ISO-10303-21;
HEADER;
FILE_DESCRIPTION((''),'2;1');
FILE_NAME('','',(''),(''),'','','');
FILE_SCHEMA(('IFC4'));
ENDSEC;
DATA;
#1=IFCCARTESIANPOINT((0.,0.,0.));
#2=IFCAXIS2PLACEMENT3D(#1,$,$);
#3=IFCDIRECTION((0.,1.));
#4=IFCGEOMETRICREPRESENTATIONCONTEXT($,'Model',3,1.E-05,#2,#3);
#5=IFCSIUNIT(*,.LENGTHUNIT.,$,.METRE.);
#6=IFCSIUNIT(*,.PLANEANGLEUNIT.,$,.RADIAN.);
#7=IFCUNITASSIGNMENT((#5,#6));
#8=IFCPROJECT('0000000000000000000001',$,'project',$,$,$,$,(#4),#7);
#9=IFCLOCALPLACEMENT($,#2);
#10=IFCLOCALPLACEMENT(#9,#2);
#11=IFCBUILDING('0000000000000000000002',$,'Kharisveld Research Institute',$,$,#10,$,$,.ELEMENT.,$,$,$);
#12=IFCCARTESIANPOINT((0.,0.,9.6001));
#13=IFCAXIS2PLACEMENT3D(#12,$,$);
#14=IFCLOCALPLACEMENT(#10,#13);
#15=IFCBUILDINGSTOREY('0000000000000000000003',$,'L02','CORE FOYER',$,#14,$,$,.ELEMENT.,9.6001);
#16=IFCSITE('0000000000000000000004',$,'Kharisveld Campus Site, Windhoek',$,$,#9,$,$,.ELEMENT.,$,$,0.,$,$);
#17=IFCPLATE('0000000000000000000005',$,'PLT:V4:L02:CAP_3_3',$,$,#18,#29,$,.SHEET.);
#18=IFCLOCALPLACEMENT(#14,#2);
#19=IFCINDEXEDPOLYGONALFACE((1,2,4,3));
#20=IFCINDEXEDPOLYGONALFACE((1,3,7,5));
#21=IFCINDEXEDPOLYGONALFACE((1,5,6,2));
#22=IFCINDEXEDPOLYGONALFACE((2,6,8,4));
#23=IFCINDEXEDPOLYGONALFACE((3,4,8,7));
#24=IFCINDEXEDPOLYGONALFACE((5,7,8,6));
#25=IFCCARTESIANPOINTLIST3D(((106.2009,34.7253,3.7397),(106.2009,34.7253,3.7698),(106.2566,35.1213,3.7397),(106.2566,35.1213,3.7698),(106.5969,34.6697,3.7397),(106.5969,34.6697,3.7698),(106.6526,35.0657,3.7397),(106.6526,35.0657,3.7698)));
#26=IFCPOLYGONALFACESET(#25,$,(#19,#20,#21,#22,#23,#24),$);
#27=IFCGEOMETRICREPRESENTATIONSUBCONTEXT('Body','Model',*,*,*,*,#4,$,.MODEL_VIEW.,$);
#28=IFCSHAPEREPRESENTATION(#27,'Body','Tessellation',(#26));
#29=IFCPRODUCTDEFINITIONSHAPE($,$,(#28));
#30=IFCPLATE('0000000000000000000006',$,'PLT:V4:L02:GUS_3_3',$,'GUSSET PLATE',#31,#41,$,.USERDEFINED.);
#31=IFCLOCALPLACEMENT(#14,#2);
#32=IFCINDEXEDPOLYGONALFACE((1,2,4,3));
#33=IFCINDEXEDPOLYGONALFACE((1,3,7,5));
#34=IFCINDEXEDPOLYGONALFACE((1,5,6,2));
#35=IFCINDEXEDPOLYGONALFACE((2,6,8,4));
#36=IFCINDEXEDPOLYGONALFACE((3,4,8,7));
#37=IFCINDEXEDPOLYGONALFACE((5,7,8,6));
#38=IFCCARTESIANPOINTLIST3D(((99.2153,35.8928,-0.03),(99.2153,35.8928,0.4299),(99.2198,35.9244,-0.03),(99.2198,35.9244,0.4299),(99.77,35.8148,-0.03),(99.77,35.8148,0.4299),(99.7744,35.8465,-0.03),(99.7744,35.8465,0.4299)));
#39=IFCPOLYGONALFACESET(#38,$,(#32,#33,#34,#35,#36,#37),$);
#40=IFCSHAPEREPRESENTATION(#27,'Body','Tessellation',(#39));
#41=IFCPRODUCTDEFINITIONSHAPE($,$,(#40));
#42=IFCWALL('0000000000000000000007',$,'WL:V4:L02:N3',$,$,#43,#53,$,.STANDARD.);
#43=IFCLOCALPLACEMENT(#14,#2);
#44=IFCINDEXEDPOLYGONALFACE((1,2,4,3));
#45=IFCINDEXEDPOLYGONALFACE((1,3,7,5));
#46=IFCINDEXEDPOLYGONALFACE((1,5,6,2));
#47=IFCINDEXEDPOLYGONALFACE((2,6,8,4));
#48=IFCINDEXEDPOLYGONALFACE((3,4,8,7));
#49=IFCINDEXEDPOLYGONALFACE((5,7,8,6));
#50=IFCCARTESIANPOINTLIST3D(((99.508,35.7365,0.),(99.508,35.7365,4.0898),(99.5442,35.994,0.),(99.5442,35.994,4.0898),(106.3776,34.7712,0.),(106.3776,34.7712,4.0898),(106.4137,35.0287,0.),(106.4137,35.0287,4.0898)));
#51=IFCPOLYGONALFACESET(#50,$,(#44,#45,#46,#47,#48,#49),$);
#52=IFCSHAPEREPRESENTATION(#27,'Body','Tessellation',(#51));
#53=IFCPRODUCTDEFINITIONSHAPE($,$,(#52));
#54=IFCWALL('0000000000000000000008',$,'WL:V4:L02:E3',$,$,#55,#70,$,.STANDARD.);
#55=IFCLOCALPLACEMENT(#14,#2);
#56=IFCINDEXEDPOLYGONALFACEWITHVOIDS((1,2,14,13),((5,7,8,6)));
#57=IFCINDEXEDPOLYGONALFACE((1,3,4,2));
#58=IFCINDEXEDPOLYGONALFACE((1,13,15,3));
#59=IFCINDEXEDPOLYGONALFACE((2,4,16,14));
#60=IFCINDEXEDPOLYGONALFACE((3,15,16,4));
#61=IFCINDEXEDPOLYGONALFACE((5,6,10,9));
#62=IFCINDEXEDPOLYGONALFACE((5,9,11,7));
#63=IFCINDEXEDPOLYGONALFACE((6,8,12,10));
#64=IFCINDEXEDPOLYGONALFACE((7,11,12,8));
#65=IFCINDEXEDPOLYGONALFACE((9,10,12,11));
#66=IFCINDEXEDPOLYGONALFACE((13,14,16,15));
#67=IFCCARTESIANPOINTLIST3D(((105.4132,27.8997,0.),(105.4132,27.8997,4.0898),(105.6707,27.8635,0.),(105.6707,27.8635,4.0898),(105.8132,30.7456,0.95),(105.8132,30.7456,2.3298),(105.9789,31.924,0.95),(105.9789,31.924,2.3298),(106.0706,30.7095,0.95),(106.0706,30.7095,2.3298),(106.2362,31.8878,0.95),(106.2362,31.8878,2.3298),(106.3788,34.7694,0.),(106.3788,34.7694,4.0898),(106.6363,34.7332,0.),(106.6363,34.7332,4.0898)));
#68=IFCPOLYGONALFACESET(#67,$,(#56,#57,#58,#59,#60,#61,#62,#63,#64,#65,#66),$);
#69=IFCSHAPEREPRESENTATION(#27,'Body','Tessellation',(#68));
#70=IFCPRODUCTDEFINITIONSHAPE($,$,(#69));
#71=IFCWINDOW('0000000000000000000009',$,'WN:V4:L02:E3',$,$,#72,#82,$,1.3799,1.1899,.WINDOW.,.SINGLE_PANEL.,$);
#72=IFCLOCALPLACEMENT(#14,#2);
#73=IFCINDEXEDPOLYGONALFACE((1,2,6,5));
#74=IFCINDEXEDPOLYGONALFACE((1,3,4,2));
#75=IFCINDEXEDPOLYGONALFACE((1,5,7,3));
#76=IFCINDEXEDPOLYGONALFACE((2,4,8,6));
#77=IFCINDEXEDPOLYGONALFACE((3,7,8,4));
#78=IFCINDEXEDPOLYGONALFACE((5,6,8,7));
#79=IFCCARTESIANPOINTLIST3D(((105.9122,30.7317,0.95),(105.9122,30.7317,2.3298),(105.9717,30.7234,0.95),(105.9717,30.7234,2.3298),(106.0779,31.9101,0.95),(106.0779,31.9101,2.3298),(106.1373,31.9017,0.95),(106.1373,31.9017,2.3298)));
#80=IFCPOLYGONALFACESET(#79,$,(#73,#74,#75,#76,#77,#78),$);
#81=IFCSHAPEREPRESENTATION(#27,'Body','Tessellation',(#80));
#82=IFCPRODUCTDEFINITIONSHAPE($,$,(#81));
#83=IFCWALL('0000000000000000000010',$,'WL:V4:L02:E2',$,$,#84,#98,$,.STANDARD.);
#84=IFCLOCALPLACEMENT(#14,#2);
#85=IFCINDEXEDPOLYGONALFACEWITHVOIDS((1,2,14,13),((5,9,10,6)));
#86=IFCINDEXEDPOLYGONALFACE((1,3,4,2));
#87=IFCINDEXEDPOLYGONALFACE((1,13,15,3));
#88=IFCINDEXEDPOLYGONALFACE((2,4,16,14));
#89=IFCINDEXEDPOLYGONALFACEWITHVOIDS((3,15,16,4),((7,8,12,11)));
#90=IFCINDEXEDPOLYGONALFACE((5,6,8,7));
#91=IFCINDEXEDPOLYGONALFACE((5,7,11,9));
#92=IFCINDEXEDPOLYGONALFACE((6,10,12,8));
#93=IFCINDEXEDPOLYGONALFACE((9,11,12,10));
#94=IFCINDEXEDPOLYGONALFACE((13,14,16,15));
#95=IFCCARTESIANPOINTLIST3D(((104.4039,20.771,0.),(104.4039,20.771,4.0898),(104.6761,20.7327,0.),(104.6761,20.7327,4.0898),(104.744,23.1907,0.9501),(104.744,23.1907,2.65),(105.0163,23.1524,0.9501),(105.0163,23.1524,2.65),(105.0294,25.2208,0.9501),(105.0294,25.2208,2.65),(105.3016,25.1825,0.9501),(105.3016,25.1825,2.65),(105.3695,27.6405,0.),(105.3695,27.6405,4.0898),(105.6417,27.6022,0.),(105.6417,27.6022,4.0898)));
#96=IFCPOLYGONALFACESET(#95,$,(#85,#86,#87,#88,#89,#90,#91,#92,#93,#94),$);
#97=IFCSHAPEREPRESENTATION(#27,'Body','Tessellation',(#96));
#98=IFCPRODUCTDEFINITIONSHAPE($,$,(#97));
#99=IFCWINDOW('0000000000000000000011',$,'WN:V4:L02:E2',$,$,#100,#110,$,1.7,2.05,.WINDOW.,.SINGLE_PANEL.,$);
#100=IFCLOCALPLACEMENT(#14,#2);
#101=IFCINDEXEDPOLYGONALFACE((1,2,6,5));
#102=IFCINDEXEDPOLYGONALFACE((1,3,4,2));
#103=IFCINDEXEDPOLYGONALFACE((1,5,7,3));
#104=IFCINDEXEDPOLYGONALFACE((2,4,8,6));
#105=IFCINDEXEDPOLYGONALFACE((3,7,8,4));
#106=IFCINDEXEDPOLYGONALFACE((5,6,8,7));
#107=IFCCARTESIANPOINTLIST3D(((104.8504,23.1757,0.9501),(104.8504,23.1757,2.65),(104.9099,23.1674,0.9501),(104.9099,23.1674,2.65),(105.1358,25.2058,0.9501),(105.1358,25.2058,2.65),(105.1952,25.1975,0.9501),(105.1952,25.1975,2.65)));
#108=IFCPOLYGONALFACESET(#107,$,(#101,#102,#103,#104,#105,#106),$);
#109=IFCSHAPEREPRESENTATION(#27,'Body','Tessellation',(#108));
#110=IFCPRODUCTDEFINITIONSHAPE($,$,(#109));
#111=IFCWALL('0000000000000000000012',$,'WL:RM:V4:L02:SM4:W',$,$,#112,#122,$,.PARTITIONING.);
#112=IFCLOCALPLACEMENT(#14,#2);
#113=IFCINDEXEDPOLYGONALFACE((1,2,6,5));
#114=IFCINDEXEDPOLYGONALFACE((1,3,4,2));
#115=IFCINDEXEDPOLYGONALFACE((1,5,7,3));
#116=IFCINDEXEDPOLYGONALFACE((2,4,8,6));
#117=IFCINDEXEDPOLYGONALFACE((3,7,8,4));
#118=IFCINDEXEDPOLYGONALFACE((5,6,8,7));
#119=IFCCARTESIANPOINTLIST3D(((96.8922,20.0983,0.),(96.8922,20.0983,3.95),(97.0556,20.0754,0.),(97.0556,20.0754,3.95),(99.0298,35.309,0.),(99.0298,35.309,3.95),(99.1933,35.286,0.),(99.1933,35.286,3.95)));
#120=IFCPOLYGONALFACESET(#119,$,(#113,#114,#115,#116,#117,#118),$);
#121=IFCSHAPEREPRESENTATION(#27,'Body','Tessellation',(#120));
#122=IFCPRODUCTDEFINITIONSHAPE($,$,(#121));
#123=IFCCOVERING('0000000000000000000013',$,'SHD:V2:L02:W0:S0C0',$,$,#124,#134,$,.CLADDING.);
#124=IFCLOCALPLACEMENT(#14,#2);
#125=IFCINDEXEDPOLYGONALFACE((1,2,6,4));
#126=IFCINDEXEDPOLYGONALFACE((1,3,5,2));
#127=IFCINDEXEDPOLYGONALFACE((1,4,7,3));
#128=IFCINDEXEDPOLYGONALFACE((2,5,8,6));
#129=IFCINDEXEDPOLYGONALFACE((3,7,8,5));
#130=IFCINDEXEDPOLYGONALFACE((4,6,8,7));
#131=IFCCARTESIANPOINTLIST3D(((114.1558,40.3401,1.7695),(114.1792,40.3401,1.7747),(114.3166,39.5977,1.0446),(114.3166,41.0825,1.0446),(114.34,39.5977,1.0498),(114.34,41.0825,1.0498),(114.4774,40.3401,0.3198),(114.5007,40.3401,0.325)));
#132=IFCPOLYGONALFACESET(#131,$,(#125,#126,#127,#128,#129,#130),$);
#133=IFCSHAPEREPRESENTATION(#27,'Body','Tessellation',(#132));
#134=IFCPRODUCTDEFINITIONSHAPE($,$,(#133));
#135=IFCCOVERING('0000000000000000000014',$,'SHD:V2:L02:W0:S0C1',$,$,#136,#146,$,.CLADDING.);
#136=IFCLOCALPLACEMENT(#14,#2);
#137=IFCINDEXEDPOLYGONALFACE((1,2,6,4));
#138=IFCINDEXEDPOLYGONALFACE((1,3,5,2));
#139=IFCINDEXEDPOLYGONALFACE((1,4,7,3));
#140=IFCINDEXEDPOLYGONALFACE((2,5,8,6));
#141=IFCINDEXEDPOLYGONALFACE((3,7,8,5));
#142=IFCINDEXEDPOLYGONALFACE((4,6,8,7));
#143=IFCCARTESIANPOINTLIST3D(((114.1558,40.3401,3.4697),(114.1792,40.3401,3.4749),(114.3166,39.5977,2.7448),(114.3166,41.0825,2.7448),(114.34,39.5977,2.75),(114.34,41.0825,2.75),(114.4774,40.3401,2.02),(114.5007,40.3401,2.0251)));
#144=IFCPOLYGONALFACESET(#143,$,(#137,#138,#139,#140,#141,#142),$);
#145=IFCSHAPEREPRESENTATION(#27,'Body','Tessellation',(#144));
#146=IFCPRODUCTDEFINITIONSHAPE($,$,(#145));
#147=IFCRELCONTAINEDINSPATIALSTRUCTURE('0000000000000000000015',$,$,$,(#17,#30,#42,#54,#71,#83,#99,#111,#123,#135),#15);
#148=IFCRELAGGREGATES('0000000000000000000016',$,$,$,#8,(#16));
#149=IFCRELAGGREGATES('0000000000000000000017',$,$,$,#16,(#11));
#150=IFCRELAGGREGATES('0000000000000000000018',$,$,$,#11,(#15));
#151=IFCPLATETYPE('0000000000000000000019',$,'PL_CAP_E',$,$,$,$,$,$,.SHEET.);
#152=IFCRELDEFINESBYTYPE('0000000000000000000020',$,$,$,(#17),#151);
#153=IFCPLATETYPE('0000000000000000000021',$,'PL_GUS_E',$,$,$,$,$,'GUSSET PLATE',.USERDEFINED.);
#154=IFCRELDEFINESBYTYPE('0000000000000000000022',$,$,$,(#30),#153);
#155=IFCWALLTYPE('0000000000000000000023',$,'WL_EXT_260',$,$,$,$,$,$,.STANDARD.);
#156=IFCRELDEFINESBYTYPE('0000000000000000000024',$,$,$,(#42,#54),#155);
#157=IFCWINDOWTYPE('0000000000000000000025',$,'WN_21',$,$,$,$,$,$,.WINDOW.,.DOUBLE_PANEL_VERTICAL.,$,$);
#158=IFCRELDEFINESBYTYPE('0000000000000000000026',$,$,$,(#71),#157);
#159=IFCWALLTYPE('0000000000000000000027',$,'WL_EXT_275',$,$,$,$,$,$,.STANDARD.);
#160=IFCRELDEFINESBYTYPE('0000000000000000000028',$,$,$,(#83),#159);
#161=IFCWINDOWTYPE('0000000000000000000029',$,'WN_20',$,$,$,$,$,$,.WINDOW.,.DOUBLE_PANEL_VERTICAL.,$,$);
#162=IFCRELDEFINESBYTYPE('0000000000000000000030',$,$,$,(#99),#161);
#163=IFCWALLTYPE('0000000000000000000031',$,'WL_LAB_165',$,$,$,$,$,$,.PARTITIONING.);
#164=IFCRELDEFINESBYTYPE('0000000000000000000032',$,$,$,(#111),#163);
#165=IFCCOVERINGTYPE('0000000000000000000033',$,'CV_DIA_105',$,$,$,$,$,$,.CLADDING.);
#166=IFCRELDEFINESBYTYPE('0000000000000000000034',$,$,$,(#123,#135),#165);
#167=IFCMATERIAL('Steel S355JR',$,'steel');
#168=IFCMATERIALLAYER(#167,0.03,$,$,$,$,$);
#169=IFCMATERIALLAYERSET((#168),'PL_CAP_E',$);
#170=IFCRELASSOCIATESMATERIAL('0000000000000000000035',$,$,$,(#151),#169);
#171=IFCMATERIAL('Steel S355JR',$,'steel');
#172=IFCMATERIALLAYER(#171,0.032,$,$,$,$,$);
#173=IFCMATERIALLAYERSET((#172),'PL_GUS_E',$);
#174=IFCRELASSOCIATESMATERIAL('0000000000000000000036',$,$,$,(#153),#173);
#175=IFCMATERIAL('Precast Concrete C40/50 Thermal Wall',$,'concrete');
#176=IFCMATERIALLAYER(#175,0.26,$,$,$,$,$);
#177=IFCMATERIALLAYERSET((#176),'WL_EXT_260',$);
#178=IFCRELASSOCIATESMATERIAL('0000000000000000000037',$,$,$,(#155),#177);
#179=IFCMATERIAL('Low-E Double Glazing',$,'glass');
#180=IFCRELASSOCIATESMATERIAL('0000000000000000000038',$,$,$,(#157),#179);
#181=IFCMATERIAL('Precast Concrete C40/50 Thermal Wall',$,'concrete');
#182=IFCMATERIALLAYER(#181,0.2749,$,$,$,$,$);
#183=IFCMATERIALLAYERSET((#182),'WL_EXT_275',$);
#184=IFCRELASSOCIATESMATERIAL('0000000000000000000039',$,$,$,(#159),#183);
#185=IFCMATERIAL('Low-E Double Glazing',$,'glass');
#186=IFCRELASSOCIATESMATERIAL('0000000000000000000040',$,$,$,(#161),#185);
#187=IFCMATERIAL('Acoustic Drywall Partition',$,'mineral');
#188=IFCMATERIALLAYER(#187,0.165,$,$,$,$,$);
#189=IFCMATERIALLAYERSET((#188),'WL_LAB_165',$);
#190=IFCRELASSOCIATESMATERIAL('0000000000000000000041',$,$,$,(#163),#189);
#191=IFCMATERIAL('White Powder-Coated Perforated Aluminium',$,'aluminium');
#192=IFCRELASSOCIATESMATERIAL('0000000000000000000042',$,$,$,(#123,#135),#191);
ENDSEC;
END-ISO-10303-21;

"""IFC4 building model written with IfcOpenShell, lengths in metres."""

from ifc_helpers import new_model, si_unit, direction, frame, frame_2d, origin, origin_2d, place, context, subcontext, project, spatial, polyline, rectangle, outline, extrude, material, layer, layer_set, type_object, element, fill, save


model = new_model("IFC4")

# Units and contexts
model_context = context("Model", 3, precision=1e-05, world=origin(), true_north=direction((0.0, 1.0)))
body_context = subcontext(model_context, "Body", "Model", "MODEL_VIEW")
ifc_project = project(units=[si_unit("LENGTHUNIT", "METRE"), si_unit("PLANEANGLEUNIT", "RADIAN")], contexts=[model_context])

# Site, building, storey
site_placement = place(None, origin())
site = spatial("IfcSite", under=ifc_project, at=site_placement, Name="Kharisveld Campus Site, Windhoek", CompositionType="ELEMENT", RefElevation=0.0)
building_placement = place(site_placement, origin())
building = spatial("IfcBuilding", under=site, at=building_placement, Name="Kharisveld Research Institute", CompositionType="ELEMENT")
storey_placement = place(building_placement, frame((0.0, 0.0, 9.6001)))
storey = spatial("IfcBuildingStorey", under=building, at=storey_placement, Name="L02", Description="CORE FOYER", CompositionType="ELEMENT", Elevation=9.6001)

# Plates
ifc_material_1 = material(Name="Steel S355JR", Category="steel")
ifc_layer_1 = layer(ifc_material_1, 0.03)
ifc_layer_set_1 = layer_set([ifc_layer_1], Name="PL_CAP_E")
plate_type_1 = type_object("IfcPlateType", Name="PL_CAP_E", PredefinedType="SHEET", material=ifc_layer_set_1)
plate_1_placement = place(storey_placement, frame((106.4268, 34.8955, 3.7397), z_axis=(0.0, 0.0, 1.0), x_axis=(0.990268, -0.139173, 0.0)))
element("IfcPlate", 1, at=plate_1_placement, inside=storey, type_object=plate_type_1, Name="PLT:V4:L02:CAP_3_3", PredefinedType="SHEET", context=body_context, shape_type="SweptSolid", body=[
    extrude(rectangle(XDim=0.3999, YDim=0.3999, at=origin_2d()), origin(), (0.0, 0.0, 1.0), 0.03),
])
ifc_material_2 = material(Name="Steel S355JR", Category="steel")
ifc_layer_2 = layer(ifc_material_2, 0.032)
ifc_layer_set_2 = layer_set([ifc_layer_2], Name="PL_GUS_E")
plate_type_2 = type_object("IfcPlateType", Name="PL_GUS_E", ElementType="GUSSET PLATE", PredefinedType="USERDEFINED", material=ifc_layer_set_2)
plate_2_placement = place(storey_placement, frame((99.4949, 35.8696, -0.03), z_axis=(0.0, 0.0, 1.0), x_axis=(0.990268, -0.139173, 0.0)))
element("IfcPlate", 2, at=plate_2_placement, inside=storey, type_object=plate_type_2, Name="PLT:V4:L02:GUS_3_3", ObjectType="GUSSET PLATE", PredefinedType="USERDEFINED", context=body_context, shape_type="SweptSolid", body=[
    extrude(rectangle(XDim=0.5601, YDim=0.032, at=origin_2d()), origin(), (0.0, 0.0, 1.0), 0.46),
])

# Wall
ifc_material_3 = material(Name="Precast Concrete C40/50 Thermal Wall", Category="concrete")
ifc_layer_3 = layer(ifc_material_3, 0.26)
ifc_layer_set_3 = layer_set([ifc_layer_3], Name="WL_EXT_260")
wall_type_1 = type_object("IfcWallType", Name="WL_EXT_260", PredefinedType="STANDARD", material=ifc_layer_set_3)
wall_1_placement = place(storey_placement, frame((99.5261, 35.8652, 0.0), z_axis=(0.0, 0.0, 1.0), x_axis=(0.990271, -0.139155, 0.0)))
element("IfcWall", 3, at=wall_1_placement, inside=storey, type_object=wall_type_1, Name="WL:V4:L02:N3", PredefinedType="STANDARD", context=body_context, shape_type="SweptSolid", body=[
    extrude(rectangle(XDim=6.937, YDim=0.26, at=frame_2d((3.4685, 0.0))), origin(), (0.0, 0.0, 1.0), 4.0898),
])

# Walls, openings, windows
wall_2_placement = place(storey_placement, frame((106.5076, 34.7515, 0.0), z_axis=(0.0, 0.0, 1.0), x_axis=(-0.139189, -0.990266, 0.0)))
wall_2 = element("IfcWall", 4, at=wall_2_placement, inside=storey, type_object=wall_type_1, Name="WL:V4:L02:E3", PredefinedType="STANDARD", context=body_context, shape_type="SweptSolid", body=[
    extrude(rectangle(XDim=6.9373, YDim=0.26, at=frame_2d((3.4688, 0.0))), origin(), (0.0, 0.0, 1.0), 4.0898),
])
opening_1_placement = place(wall_2_placement, frame((2.8735, 0.0, 0.95)))
opening_1 = element("IfcOpeningElement", 5, at=opening_1_placement, cuts=wall_2, PredefinedType="OPENING", context=body_context, shape_type="SweptSolid", body=[
    extrude(rectangle(XDim=1.1899, YDim=1.3799, at=frame_2d((0.595, 0.6899))), frame((0.0, 0.1299, 0.0), z_axis=(0.0, -1.0, 0.0), x_axis=(1.0, 0.0, 0.0)), (0.0, 0.0, 1.0), 0.26),
])
ifc_material_4 = material(Name="Low-E Double Glazing", Category="glass")
window_type_1 = type_object("IfcWindowType", Name="WN_21", PartitioningType="DOUBLE_PANEL_VERTICAL", PredefinedType="WINDOW", material=ifc_material_4)
window_1_placement = place(opening_1_placement, origin())
window_1 = element("IfcWindow", 6, at=window_1_placement, inside=storey, type_object=window_type_1, Name="WN:V4:L02:E3", OverallHeight=1.3799, OverallWidth=1.1899, PartitioningType="SINGLE_PANEL", PredefinedType="WINDOW", context=body_context, shape_type="SweptSolid", body=[
    extrude(rectangle(XDim=1.1899, YDim=1.3799, at=frame_2d((0.595, 0.6899))), frame((0.0, 0.03, 0.0), z_axis=(0.0, -1.0, 0.0), x_axis=(1.0, 0.0, 0.0)), (0.0, 0.0, 1.0), 0.0601),
])
fill(opening_1, window_1)
ifc_material_5 = material(Name="Precast Concrete C40/50 Thermal Wall", Category="concrete")
ifc_layer_4 = layer(ifc_material_5, 0.2749)
ifc_layer_set_4 = layer_set([ifc_layer_4], Name="WL_EXT_275")
wall_type_2 = type_object("IfcWallType", Name="WL_EXT_275", PredefinedType="STANDARD", material=ifc_layer_set_4)
wall_3_placement = place(storey_placement, frame((105.5056, 27.6213, 0.0), z_axis=(0.0, 0.0, 1.0), x_axis=(-0.139194, -0.990265, 0.0)))
wall_3 = element("IfcWall", 7, at=wall_3_placement, inside=storey, type_object=wall_type_2, Name="WL:V4:L02:E2", PredefinedType="STANDARD", context=body_context, shape_type="SweptSolid", body=[
    extrude(rectangle(XDim=6.937, YDim=0.2749, at=frame_2d((3.4685, 0.0))), origin(), (0.0, 0.0, 1.0), 4.0898),
])
opening_2_placement = place(wall_3_placement, frame((2.4436, 0.0, 0.95)))
opening_2 = element("IfcOpeningElement", 8, at=opening_2_placement, cuts=wall_3, PredefinedType="OPENING", context=body_context, shape_type="SweptSolid", body=[
    extrude(rectangle(XDim=2.05, YDim=1.7, at=frame_2d((1.0249, 0.8501))), frame((0.0, 0.1375, 0.0), z_axis=(0.0, -1.0, 0.0), x_axis=(1.0, 0.0, 0.0)), (0.0, 0.0, 1.0), 0.2749),
])
ifc_material_6 = material(Name="Low-E Double Glazing", Category="glass")
window_type_2 = type_object("IfcWindowType", Name="WN_20", PartitioningType="DOUBLE_PANEL_VERTICAL", PredefinedType="WINDOW", material=ifc_material_6)
window_2_placement = place(opening_2_placement, origin())
window_2 = element("IfcWindow", 9, at=window_2_placement, inside=storey, type_object=window_type_2, Name="WN:V4:L02:E2", OverallHeight=1.7, OverallWidth=2.05, PartitioningType="SINGLE_PANEL", PredefinedType="WINDOW", context=body_context, shape_type="SweptSolid", body=[
    extrude(rectangle(XDim=2.05, YDim=1.7, at=frame_2d((1.0249, 0.8501))), frame((0.0, 0.03, 0.0), z_axis=(0.0, -1.0, 0.0), x_axis=(1.0, 0.0, 0.0)), (0.0, 0.0, 1.0), 0.0601),
])
fill(opening_2, window_2)

# Wall
ifc_material_7 = material(Name="Acoustic Drywall Partition", Category="mineral")
ifc_layer_5 = layer(ifc_material_7, 0.165)
ifc_layer_set_5 = layer_set([ifc_layer_5], Name="WL_LAB_165")
wall_type_3 = type_object("IfcWallType", Name="WL_LAB_165", PredefinedType="PARTITIONING", material=ifc_layer_set_5)
wall_4_placement = place(storey_placement, frame((99.1116, 35.2976, 0.0), z_axis=(0.0, 0.0, 1.0), x_axis=(-0.139171, -0.990268, 0.0)))
element("IfcWall", 10, at=wall_4_placement, inside=storey, type_object=wall_type_3, Name="WL:RM:V4:L02:SM4:W", PredefinedType="PARTITIONING", context=body_context, shape_type="SweptSolid", body=[
    extrude(rectangle(XDim=15.3601, YDim=0.165, at=frame_2d((7.6802, 0.0))), origin(), (0.0, 0.0, 1.0), 3.95),
])

# Coverings
ifc_material_8 = material(Name="White Powder-Coated Perforated Aluminium", Category="aluminium")
covering_type = type_object("IfcCoveringType", Name="CV_DIA_105", PredefinedType="CLADDING")
for number, where, z_axis, x_axis, name in (
    (11, (114.5007, 40.3401, 0.325), (0.976276, 0.0, 0.21653), (-0.153111, 0.707102, 0.690336), "SHD:V2:L02:W0:S0C0"),
    (12, (114.5007, 40.3401, 2.0251), (0.976276, 0.0, 0.21653), (-0.153111, 0.707102, 0.690336), "SHD:V2:L02:W0:S0C1"),
):
    element("IfcCovering", number, at=place(storey_placement, frame(where, z_axis=z_axis, x_axis=x_axis)), inside=storey, type_object=covering_type, material=ifc_material_8, Name=name, PredefinedType="CLADDING", context=body_context, shape_type="SweptSolid", body=[
        extrude(outline(polyline([(0.0, 0.0), (1.05, 0.0), (1.05, 1.05), (0.0, 1.05), (0.0, 0.0)])), origin(), (0.0, 0.0, -1.0), 0.0239),
    ])

save(model, "model.ifc")
